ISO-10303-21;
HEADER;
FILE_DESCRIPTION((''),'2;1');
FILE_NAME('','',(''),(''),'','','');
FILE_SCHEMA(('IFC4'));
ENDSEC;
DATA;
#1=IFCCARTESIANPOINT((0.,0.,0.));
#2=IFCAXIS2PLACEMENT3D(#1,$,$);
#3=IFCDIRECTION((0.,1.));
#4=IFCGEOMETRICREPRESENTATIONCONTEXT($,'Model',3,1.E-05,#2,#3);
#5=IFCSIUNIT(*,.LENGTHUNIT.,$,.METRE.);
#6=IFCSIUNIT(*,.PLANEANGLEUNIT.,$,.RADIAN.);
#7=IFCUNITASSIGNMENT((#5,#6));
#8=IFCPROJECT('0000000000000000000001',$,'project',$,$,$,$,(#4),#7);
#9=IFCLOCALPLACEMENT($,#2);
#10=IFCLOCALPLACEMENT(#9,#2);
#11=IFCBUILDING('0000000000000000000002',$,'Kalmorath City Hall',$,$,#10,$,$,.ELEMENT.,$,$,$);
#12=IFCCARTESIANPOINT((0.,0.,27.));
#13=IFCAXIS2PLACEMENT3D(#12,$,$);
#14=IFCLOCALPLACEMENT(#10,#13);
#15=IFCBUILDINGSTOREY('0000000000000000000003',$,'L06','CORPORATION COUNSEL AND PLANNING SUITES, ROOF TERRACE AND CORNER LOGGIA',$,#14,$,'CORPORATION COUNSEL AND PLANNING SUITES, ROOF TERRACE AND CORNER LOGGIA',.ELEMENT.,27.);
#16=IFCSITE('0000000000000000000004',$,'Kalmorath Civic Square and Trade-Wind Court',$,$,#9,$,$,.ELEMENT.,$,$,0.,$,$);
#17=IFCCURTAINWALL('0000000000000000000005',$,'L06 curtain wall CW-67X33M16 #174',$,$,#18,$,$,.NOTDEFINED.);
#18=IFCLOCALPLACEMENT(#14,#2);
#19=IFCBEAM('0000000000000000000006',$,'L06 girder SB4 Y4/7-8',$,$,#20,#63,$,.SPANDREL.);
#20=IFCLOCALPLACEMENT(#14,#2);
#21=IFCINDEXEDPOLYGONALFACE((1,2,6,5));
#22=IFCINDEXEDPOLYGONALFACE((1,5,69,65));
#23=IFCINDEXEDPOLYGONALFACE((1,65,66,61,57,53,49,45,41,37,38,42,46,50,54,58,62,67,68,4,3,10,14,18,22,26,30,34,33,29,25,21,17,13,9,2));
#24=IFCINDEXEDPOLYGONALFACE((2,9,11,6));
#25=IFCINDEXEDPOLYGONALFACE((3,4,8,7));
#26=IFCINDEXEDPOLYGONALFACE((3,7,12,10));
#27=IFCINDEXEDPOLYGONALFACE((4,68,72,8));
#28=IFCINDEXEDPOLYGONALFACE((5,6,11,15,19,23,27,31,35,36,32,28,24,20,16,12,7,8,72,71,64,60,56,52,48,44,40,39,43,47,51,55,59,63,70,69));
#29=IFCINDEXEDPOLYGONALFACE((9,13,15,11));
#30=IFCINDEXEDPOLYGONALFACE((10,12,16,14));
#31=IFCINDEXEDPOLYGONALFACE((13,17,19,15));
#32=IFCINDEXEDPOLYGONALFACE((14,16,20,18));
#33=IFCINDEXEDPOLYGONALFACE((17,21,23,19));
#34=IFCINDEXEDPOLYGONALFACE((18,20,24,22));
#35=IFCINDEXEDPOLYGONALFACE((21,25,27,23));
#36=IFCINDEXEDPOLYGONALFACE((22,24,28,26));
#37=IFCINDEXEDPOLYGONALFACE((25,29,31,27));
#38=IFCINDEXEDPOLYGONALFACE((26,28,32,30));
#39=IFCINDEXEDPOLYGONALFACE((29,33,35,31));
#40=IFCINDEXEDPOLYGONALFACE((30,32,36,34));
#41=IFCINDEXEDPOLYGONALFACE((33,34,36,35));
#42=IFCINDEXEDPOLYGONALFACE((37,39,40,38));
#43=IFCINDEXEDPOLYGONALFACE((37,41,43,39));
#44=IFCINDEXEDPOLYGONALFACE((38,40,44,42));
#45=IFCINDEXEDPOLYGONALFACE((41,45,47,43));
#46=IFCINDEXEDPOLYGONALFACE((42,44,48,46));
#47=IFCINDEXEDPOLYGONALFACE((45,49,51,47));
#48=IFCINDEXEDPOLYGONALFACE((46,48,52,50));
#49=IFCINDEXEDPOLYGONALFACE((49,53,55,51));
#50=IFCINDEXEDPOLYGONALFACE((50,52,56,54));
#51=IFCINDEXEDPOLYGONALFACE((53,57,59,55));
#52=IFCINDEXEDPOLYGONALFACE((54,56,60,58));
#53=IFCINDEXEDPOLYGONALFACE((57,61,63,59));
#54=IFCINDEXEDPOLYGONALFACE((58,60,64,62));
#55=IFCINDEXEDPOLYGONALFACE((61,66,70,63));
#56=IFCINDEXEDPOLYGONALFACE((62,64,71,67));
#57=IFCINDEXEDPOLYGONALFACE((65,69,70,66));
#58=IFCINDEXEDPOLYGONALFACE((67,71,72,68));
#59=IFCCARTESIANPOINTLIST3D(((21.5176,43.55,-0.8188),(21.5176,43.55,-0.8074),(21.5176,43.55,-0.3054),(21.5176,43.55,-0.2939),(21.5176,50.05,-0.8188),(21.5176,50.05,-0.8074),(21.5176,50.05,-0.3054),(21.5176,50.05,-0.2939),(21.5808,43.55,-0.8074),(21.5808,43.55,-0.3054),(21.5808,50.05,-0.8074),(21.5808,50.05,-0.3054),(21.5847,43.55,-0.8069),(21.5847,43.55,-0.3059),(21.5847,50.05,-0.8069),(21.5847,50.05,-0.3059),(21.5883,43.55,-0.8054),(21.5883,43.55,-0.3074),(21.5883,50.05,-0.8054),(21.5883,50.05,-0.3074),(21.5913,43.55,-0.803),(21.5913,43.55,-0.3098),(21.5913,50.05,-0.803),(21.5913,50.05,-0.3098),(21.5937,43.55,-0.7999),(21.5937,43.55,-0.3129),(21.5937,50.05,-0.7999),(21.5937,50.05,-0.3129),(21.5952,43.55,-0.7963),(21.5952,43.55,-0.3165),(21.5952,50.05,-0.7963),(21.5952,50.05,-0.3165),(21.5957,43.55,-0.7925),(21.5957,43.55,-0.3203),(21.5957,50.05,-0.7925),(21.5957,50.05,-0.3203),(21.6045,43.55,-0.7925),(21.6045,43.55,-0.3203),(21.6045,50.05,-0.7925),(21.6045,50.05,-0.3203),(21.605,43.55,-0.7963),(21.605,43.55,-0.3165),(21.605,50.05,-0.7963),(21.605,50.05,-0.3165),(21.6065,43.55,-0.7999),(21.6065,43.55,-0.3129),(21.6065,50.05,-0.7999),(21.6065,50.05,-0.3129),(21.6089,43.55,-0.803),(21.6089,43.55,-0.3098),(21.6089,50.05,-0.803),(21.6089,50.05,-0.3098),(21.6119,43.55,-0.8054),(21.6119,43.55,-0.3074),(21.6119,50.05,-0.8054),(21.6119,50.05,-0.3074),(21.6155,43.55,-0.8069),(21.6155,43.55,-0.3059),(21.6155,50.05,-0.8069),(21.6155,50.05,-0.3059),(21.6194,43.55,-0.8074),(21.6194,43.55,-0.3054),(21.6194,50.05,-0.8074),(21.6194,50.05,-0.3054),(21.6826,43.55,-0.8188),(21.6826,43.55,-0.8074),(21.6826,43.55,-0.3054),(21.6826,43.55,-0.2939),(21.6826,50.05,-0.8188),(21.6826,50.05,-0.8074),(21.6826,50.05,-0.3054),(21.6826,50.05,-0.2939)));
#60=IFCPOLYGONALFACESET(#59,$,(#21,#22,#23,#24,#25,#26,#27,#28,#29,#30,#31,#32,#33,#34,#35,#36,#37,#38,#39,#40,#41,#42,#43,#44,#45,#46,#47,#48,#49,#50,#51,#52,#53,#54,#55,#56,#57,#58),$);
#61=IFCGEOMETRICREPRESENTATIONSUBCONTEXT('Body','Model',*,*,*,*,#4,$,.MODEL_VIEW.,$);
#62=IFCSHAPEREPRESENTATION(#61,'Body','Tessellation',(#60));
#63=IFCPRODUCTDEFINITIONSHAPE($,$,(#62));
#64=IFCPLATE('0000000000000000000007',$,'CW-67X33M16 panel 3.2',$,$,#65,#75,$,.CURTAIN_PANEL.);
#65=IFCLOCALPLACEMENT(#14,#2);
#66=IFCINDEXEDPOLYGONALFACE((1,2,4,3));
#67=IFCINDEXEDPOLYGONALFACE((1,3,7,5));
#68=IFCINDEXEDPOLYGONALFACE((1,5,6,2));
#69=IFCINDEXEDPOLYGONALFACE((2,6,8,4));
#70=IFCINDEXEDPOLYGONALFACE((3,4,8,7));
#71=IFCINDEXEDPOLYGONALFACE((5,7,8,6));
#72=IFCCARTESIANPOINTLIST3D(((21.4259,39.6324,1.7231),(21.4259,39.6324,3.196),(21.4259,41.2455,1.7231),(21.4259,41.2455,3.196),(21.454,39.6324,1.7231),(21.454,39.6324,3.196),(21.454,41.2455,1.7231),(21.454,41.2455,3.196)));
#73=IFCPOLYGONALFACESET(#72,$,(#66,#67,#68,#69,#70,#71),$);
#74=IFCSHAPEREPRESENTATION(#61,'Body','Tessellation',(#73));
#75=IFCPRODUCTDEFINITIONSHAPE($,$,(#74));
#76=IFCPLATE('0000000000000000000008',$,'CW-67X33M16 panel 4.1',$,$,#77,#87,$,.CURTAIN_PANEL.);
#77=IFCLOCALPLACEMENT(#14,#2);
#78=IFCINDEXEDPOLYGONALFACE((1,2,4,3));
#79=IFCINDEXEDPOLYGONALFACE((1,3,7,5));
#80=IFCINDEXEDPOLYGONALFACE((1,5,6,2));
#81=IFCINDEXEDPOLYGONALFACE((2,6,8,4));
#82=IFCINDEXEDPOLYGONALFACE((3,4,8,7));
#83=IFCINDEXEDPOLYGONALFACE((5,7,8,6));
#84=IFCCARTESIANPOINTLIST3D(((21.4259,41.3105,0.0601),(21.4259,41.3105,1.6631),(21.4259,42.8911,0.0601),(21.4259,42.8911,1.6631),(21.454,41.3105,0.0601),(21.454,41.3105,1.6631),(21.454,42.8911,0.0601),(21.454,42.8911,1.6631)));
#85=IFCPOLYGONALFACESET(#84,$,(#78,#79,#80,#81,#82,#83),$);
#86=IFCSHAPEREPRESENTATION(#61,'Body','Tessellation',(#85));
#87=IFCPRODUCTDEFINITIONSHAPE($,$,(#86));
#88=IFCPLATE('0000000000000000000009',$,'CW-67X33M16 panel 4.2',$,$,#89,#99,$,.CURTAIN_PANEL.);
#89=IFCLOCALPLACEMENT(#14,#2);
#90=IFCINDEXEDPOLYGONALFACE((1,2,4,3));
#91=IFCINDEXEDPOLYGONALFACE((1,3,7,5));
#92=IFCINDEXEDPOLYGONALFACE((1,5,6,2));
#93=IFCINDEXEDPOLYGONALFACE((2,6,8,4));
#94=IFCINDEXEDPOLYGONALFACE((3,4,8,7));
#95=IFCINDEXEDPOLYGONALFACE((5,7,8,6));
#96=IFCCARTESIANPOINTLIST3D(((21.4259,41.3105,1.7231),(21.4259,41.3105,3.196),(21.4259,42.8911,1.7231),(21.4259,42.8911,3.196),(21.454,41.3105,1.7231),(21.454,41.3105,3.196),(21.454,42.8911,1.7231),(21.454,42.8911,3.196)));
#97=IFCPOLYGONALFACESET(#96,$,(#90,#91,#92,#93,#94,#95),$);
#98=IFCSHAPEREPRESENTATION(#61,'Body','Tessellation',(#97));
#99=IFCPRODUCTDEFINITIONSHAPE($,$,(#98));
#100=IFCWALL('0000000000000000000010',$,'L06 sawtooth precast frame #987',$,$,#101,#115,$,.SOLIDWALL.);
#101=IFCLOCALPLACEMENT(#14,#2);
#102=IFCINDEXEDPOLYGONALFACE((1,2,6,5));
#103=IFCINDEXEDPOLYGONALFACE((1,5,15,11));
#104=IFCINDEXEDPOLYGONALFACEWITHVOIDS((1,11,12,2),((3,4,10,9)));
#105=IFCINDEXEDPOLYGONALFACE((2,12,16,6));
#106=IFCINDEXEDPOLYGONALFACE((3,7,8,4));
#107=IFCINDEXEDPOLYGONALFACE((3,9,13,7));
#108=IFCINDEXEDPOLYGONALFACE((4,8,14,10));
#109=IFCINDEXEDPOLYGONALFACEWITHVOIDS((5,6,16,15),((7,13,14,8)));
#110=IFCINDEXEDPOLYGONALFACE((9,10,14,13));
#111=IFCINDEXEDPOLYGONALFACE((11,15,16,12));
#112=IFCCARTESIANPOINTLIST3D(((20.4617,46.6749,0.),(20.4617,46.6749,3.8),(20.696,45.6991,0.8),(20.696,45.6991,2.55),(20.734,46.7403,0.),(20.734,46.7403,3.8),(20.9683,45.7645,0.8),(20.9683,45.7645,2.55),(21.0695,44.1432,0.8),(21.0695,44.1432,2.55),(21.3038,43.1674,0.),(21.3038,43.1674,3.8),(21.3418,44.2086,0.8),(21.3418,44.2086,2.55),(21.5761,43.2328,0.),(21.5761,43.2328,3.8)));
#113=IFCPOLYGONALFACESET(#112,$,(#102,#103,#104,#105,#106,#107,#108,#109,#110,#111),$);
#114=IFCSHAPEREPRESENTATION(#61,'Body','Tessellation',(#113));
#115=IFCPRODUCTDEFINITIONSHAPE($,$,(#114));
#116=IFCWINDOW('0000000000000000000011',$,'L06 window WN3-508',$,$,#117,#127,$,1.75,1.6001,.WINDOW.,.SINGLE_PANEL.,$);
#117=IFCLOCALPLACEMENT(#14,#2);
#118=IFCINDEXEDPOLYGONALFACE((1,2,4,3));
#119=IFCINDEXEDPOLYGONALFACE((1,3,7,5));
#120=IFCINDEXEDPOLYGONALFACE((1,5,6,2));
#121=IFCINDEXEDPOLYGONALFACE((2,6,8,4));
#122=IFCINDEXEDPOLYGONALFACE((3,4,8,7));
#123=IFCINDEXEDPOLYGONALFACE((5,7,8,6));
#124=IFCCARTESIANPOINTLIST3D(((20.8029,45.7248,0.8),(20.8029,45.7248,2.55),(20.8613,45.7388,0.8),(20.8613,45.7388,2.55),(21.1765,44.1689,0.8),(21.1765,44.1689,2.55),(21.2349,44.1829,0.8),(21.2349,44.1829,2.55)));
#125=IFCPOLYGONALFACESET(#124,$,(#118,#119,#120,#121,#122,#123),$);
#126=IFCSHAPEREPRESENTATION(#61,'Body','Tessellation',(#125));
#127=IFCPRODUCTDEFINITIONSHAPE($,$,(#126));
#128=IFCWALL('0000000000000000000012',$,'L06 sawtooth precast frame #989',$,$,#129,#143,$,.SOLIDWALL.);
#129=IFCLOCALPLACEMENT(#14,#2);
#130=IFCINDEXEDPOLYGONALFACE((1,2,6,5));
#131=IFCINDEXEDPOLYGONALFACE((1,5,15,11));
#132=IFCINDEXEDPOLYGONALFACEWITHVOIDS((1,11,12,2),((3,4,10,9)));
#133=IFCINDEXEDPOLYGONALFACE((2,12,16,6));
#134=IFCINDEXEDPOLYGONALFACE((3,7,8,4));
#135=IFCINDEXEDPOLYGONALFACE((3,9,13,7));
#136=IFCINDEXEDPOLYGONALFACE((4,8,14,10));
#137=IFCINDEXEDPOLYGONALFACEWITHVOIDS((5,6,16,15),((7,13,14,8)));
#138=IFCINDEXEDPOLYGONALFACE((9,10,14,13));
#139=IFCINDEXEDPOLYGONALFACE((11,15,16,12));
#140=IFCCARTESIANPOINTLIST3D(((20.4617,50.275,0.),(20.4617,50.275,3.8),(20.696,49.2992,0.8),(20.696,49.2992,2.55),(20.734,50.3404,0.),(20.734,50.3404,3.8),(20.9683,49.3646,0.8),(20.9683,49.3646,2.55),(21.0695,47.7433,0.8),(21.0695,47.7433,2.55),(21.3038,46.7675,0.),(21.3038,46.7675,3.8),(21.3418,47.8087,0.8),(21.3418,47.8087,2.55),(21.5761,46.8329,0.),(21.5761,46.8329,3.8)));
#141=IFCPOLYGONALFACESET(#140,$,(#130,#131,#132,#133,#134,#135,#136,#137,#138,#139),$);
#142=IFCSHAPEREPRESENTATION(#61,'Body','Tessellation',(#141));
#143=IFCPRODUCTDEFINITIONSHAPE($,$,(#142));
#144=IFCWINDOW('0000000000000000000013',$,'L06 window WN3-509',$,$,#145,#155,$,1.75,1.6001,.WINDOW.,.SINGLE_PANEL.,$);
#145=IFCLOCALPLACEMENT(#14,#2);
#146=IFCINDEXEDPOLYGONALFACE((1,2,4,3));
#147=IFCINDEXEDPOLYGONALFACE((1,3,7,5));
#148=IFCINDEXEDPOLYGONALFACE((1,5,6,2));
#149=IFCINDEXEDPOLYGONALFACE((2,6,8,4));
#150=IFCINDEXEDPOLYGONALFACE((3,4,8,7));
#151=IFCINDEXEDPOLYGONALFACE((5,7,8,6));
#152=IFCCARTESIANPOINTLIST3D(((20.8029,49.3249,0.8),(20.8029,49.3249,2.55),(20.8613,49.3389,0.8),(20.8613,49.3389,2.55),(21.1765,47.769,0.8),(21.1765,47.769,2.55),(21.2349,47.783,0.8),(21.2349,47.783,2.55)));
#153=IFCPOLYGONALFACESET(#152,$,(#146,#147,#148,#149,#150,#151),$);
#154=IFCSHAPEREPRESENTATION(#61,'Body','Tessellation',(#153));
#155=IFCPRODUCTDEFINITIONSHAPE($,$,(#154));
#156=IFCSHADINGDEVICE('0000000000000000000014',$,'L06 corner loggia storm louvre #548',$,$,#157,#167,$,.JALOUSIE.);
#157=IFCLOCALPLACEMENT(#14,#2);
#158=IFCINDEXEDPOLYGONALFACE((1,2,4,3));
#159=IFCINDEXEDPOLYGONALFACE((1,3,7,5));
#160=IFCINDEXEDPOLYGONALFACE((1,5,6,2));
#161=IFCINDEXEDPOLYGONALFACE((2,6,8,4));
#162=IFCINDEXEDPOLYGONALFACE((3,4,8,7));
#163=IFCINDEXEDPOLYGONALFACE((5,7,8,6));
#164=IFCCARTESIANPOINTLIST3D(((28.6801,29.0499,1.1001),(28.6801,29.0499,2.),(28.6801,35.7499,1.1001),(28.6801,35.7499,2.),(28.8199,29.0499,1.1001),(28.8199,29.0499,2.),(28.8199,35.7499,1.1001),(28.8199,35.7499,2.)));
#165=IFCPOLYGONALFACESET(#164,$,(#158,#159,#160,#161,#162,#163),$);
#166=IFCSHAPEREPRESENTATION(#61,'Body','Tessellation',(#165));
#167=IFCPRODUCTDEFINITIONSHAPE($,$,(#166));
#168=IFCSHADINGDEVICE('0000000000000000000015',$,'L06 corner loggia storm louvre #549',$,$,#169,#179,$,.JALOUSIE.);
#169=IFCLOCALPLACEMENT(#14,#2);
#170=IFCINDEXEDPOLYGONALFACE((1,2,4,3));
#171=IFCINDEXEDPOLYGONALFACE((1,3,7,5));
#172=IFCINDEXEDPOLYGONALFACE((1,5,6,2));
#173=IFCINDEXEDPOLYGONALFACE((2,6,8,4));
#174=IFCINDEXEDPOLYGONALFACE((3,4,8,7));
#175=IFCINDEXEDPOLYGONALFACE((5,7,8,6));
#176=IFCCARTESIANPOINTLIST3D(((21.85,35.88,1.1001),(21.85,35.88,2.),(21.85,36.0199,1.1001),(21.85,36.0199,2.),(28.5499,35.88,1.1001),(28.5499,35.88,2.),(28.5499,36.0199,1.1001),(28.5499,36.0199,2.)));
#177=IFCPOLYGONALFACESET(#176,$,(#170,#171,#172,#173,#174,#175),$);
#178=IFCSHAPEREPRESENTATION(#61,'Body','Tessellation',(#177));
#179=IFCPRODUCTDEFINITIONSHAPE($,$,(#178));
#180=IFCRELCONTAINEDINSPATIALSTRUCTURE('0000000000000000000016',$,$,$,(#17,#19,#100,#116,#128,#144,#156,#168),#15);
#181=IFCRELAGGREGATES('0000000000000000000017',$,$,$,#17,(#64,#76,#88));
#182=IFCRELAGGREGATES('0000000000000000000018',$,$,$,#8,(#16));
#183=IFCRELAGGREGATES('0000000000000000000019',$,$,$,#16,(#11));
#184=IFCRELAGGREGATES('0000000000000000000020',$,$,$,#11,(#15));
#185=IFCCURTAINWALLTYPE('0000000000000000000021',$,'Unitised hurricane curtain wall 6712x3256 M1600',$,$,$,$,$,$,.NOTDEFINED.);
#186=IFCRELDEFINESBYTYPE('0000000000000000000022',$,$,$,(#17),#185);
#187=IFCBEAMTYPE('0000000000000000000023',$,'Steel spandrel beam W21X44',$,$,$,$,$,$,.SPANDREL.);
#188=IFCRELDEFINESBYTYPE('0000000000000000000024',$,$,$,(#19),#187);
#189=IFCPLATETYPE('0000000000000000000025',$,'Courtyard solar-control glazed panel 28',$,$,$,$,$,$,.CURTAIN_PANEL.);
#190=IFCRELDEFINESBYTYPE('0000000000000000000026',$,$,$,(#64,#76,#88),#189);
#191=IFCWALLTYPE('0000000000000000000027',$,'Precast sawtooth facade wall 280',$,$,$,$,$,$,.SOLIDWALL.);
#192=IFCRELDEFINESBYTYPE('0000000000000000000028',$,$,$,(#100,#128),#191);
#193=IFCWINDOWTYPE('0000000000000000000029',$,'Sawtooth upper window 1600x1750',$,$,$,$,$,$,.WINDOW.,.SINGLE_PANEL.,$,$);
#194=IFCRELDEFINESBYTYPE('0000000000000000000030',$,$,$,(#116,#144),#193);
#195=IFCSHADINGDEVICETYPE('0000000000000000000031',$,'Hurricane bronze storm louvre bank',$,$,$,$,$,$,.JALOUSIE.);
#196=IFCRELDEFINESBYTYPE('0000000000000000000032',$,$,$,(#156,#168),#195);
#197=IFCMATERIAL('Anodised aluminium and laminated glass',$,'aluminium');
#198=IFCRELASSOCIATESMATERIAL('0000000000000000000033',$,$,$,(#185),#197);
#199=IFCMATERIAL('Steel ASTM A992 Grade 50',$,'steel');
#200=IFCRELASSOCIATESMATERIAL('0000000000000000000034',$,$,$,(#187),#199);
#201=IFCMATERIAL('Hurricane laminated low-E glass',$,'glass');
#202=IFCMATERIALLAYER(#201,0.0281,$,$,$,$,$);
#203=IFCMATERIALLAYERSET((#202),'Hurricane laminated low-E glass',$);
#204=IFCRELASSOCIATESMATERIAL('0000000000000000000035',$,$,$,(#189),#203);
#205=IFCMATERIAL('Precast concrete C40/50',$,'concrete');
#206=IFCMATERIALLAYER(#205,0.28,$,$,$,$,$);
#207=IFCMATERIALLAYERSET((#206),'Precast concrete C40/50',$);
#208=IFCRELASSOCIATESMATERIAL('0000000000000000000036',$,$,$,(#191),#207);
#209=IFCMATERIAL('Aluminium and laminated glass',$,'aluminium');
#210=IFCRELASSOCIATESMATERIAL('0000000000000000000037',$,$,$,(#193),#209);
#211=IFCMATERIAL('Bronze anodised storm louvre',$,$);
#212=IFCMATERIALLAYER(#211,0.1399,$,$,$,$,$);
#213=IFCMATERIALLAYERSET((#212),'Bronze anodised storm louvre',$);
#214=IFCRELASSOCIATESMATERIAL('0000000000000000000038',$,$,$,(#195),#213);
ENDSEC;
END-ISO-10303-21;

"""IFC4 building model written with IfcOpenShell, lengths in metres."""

from ifc_helpers import new_model, si_unit, direction, frame, frame_2d, origin, origin_2d, place, context, subcontext, project, spatial, rectangle, i_section, extrude, material, layer, layer_set, material_profile, profile_set, type_object, element, fill, aggregate, save


model = new_model("IFC4")

# Units and contexts
model_context = context("Model", 3, precision=1e-05, world=origin(), true_north=direction((0.0, 1.0)))
body_context = subcontext(model_context, "Body", "Model", "MODEL_VIEW")
ifc_project = project(units=[si_unit("LENGTHUNIT", "METRE"), si_unit("PLANEANGLEUNIT", "RADIAN")], contexts=[model_context])

# Site, building, storey
site_placement = place(None, origin())
site = spatial("IfcSite", under=ifc_project, at=site_placement, Name="Kalmorath Civic Square and Trade-Wind Court", CompositionType="ELEMENT", RefElevation=0.0)
building_placement = place(site_placement, origin())
building = spatial("IfcBuilding", under=site, at=building_placement, Name="Kalmorath City Hall", CompositionType="ELEMENT")
storey_placement = place(building_placement, frame((0.0, 0.0, 27.0)))
storey = spatial("IfcBuildingStorey", under=building, at=storey_placement, Name="L06", Description="CORPORATION COUNSEL AND PLANNING SUITES, ROOF TERRACE AND CORNER LOGGIA", LongName="CORPORATION COUNSEL AND PLANNING SUITES, ROOF TERRACE AND CORNER LOGGIA", CompositionType="ELEMENT", Elevation=27.0)

# Curtain wall
ifc_material_1 = material(Name="Anodised aluminium and laminated glass", Category="aluminium")
curtain_wall_type_1 = type_object("IfcCurtainWallType", Name="Unitised hurricane curtain wall 6712x3256 M1600", PredefinedType="NOTDEFINED", material=ifc_material_1)
curtain_wall_1_placement = place(storey_placement, origin())
curtain_wall_1 = element("IfcCurtainWall", 1, at=curtain_wall_1_placement, inside=storey, type_object=curtain_wall_type_1, Name="L06 curtain wall CW-67X33M16 #174", PredefinedType="NOTDEFINED")

# Beam
ifc_material_2 = material(Name="Steel ASTM A992 Grade 50", Category="steel")
ifc_material_profile_1 = material_profile(ifc_material_2, i_section(OverallWidth=0.165, OverallDepth=0.5249, WebThickness=0.0088, FlangeThickness=0.0115, FilletRadius=0.0149, at=origin_2d()), Name="W21X44")
ifc_profile_set_1 = profile_set([ifc_material_profile_1], Name="Steel ASTM A992 Grade 50")
beam_type_1 = type_object("IfcBeamType", Name="Steel spandrel beam W21X44", PredefinedType="SPANDREL", material=ifc_profile_set_1)
for number, where, z_axis, x_axis, name in (
    (2, (21.6001, 43.55, -0.5564), (0.0, 1.0, 0.0), (-1.0, 0.0, 0.0), "L06 girder SB4 Y4/7-8"),
):
    element("IfcBeam", number, at=place(storey_placement, frame(where, z_axis=z_axis, x_axis=x_axis)), inside=storey, type_object=beam_type_1, Name=name, PredefinedType="SPANDREL", context=body_context, shape_type="SweptSolid", body=[
        extrude(i_section(OverallWidth=0.165, OverallDepth=0.5249, WebThickness=0.0088, FlangeThickness=0.0115, FilletRadius=0.0149, at=origin_2d()), origin(), (0.0, 0.0, 1.0), 6.5),
    ])

# Plates
ifc_material_3 = material(Name="Hurricane laminated low-E glass", Category="glass")
ifc_layer_1 = layer(ifc_material_3, 0.0281)
ifc_layer_set_1 = layer_set([ifc_layer_1], Name="Hurricane laminated low-E glass")
plate_type = type_object("IfcPlateType", Name="Courtyard solar-control glazed panel 28", PredefinedType="CURTAIN_PANEL", material=ifc_layer_set_1)
plate_1_placement = place(storey_placement, frame((21.4399, 40.439, 1.7231), z_axis=(0.0, 0.0, 1.0), x_axis=(0.0, 1.0, 0.0)))
plate_1 = element("IfcPlate", 3, at=plate_1_placement, type_object=plate_type, Name="CW-67X33M16 panel 3.2", PredefinedType="CURTAIN_PANEL", context=body_context, shape_type="SweptSolid", body=[
    extrude(rectangle(XDim=1.613, YDim=0.0281, at=origin_2d()), origin(), (0.0, 0.0, 1.0), 1.4729),
])
plate_2_placement = place(storey_placement, frame((21.4399, 42.1008, 0.0601), z_axis=(0.0, 0.0, 1.0), x_axis=(0.0, 1.0, 0.0)))
plate_2 = element("IfcPlate", 4, at=plate_2_placement, type_object=plate_type, Name="CW-67X33M16 panel 4.1", PredefinedType="CURTAIN_PANEL", context=body_context, shape_type="SweptSolid", body=[
    extrude(rectangle(XDim=1.5806, YDim=0.0281, at=origin_2d()), origin(), (0.0, 0.0, 1.0), 1.603),
])
plate_3_placement = place(storey_placement, frame((21.4399, 42.1008, 1.7231), z_axis=(0.0, 0.0, 1.0), x_axis=(0.0, 1.0, 0.0)))
plate_3 = element("IfcPlate", 5, at=plate_3_placement, type_object=plate_type, Name="CW-67X33M16 panel 4.2", PredefinedType="CURTAIN_PANEL", context=body_context, shape_type="SweptSolid", body=[
    extrude(rectangle(XDim=1.5806, YDim=0.0281, at=origin_2d()), origin(), (0.0, 0.0, 1.0), 1.4729),
])
aggregate(curtain_wall_1, [plate_1, plate_2, plate_3])

# Walls, openings, windows
ifc_material_4 = material(Name="Precast concrete C40/50", Category="concrete")
ifc_layer_2 = layer(ifc_material_4, 0.28)
ifc_layer_set_2 = layer_set([ifc_layer_2], Name="Precast concrete C40/50")
wall_type = type_object("IfcWallType", Name="Precast sawtooth facade wall 280", PredefinedType="SOLIDWALL", material=ifc_layer_set_2)
wall_1_placement = place(storey_placement, frame((21.4399, 43.2, 0.0), z_axis=(0.0, 0.0, 1.0), x_axis=(-0.233432, 0.972373, 0.0)))
wall_1 = element("IfcWall", 6, at=wall_1_placement, inside=storey, type_object=wall_type, Name="L06 sawtooth precast frame #987", PredefinedType="SOLIDWALL", context=body_context, shape_type="SweptSolid", body=[
    extrude(rectangle(XDim=3.6072, YDim=0.28, at=frame_2d((1.8037, 0.0))), origin(), (0.0, 0.0, 1.0), 3.8),
])
opening_1_placement = place(wall_1_placement, frame((1.0037, 0.0, 0.8)))
opening_1 = element("IfcOpeningElement", 7, at=opening_1_placement, cuts=wall_1, PredefinedType="OPENING", context=body_context, shape_type="SweptSolid", body=[
    extrude(rectangle(XDim=1.6001, YDim=1.75, at=frame_2d((0.8, 0.875))), frame((0.0, 0.1499, 0.0), z_axis=(0.0, -1.0, 0.0), x_axis=(1.0, 0.0, 0.0)), (0.0, 0.0, 1.0), 0.3),
])
ifc_material_5 = material(Name="Aluminium and laminated glass", Category="aluminium")
window_type = type_object("IfcWindowType", Name="Sawtooth upper window 1600x1750", PartitioningType="SINGLE_PANEL", PredefinedType="WINDOW", material=ifc_material_5)
window_1_placement = place(opening_1_placement, origin())
window_1 = element("IfcWindow", 8, at=window_1_placement, inside=storey, type_object=window_type, Name="L06 window WN3-508", OverallHeight=1.75, OverallWidth=1.6001, PartitioningType="SINGLE_PANEL", PredefinedType="WINDOW", context=body_context, shape_type="SweptSolid", body=[
    extrude(rectangle(XDim=1.6001, YDim=1.75, at=frame_2d((0.8, 0.875))), frame((0.0, 0.03, 0.0), z_axis=(0.0, -1.0, 0.0), x_axis=(1.0, 0.0, 0.0)), (0.0, 0.0, 1.0), 0.0601),
])
fill(opening_1, window_1)
wall_2_placement = place(storey_placement, frame((21.4399, 46.8, 0.0), z_axis=(0.0, 0.0, 1.0), x_axis=(-0.233432, 0.972373, 0.0)))
wall_2 = element("IfcWall", 9, at=wall_2_placement, inside=storey, type_object=wall_type, Name="L06 sawtooth precast frame #989", PredefinedType="SOLIDWALL", context=body_context, shape_type="SweptSolid", body=[
    extrude(rectangle(XDim=3.6072, YDim=0.28, at=frame_2d((1.8037, 0.0))), origin(), (0.0, 0.0, 1.0), 3.8),
])
opening_2_placement = place(wall_2_placement, frame((1.0037, 0.0, 0.8)))
opening_2 = element("IfcOpeningElement", 10, at=opening_2_placement, cuts=wall_2, PredefinedType="OPENING", context=body_context, shape_type="SweptSolid", body=[
    extrude(rectangle(XDim=1.6001, YDim=1.75, at=frame_2d((0.8, 0.875))), frame((0.0, 0.1499, 0.0), z_axis=(0.0, -1.0, 0.0), x_axis=(1.0, 0.0, 0.0)), (0.0, 0.0, 1.0), 0.3),
])
window_2_placement = place(opening_2_placement, origin())
window_2 = element("IfcWindow", 11, at=window_2_placement, inside=storey, type_object=window_type, Name="L06 window WN3-509", OverallHeight=1.75, OverallWidth=1.6001, PartitioningType="SINGLE_PANEL", PredefinedType="WINDOW", context=body_context, shape_type="SweptSolid", body=[
    extrude(rectangle(XDim=1.6001, YDim=1.75, at=frame_2d((0.8, 0.875))), frame((0.0, 0.03, 0.0), z_axis=(0.0, -1.0, 0.0), x_axis=(1.0, 0.0, 0.0)), (0.0, 0.0, 1.0), 0.0601),
])
fill(opening_2, window_2)

# Shading devices
ifc_material_6 = material(Name="Bronze anodised storm louvre")
ifc_layer_3 = layer(ifc_material_6, 0.1399)
ifc_layer_set_3 = layer_set([ifc_layer_3], Name="Bronze anodised storm louvre")
shading_device_type = type_object("IfcShadingDeviceType", Name="Hurricane bronze storm louvre bank", PredefinedType="JALOUSIE", material=ifc_layer_set_3)
for number, where, z_axis, x_axis, name in (
    (12, (28.75, 32.3999, 1.1001), (0.0, 0.0, 1.0), (0.0, 1.0, 0.0), "L06 corner loggia storm louvre #548"),
    (13, (25.2, 35.95, 1.1001), (0.0, 0.0, 1.0), (-1.0, 0.0, 0.0), "L06 corner loggia storm louvre #549"),
):
    element("IfcShadingDevice", number, at=place(storey_placement, frame(where, z_axis=z_axis, x_axis=x_axis)), inside=storey, type_object=shading_device_type, Name=name, PredefinedType="JALOUSIE", context=body_context, shape_type="SweptSolid", body=[
        extrude(rectangle(XDim=6.7, YDim=0.1399, at=origin_2d()), origin(), (0.0, 0.0, 1.0), 0.8999),
    ])

save(model, "model.ifc")
